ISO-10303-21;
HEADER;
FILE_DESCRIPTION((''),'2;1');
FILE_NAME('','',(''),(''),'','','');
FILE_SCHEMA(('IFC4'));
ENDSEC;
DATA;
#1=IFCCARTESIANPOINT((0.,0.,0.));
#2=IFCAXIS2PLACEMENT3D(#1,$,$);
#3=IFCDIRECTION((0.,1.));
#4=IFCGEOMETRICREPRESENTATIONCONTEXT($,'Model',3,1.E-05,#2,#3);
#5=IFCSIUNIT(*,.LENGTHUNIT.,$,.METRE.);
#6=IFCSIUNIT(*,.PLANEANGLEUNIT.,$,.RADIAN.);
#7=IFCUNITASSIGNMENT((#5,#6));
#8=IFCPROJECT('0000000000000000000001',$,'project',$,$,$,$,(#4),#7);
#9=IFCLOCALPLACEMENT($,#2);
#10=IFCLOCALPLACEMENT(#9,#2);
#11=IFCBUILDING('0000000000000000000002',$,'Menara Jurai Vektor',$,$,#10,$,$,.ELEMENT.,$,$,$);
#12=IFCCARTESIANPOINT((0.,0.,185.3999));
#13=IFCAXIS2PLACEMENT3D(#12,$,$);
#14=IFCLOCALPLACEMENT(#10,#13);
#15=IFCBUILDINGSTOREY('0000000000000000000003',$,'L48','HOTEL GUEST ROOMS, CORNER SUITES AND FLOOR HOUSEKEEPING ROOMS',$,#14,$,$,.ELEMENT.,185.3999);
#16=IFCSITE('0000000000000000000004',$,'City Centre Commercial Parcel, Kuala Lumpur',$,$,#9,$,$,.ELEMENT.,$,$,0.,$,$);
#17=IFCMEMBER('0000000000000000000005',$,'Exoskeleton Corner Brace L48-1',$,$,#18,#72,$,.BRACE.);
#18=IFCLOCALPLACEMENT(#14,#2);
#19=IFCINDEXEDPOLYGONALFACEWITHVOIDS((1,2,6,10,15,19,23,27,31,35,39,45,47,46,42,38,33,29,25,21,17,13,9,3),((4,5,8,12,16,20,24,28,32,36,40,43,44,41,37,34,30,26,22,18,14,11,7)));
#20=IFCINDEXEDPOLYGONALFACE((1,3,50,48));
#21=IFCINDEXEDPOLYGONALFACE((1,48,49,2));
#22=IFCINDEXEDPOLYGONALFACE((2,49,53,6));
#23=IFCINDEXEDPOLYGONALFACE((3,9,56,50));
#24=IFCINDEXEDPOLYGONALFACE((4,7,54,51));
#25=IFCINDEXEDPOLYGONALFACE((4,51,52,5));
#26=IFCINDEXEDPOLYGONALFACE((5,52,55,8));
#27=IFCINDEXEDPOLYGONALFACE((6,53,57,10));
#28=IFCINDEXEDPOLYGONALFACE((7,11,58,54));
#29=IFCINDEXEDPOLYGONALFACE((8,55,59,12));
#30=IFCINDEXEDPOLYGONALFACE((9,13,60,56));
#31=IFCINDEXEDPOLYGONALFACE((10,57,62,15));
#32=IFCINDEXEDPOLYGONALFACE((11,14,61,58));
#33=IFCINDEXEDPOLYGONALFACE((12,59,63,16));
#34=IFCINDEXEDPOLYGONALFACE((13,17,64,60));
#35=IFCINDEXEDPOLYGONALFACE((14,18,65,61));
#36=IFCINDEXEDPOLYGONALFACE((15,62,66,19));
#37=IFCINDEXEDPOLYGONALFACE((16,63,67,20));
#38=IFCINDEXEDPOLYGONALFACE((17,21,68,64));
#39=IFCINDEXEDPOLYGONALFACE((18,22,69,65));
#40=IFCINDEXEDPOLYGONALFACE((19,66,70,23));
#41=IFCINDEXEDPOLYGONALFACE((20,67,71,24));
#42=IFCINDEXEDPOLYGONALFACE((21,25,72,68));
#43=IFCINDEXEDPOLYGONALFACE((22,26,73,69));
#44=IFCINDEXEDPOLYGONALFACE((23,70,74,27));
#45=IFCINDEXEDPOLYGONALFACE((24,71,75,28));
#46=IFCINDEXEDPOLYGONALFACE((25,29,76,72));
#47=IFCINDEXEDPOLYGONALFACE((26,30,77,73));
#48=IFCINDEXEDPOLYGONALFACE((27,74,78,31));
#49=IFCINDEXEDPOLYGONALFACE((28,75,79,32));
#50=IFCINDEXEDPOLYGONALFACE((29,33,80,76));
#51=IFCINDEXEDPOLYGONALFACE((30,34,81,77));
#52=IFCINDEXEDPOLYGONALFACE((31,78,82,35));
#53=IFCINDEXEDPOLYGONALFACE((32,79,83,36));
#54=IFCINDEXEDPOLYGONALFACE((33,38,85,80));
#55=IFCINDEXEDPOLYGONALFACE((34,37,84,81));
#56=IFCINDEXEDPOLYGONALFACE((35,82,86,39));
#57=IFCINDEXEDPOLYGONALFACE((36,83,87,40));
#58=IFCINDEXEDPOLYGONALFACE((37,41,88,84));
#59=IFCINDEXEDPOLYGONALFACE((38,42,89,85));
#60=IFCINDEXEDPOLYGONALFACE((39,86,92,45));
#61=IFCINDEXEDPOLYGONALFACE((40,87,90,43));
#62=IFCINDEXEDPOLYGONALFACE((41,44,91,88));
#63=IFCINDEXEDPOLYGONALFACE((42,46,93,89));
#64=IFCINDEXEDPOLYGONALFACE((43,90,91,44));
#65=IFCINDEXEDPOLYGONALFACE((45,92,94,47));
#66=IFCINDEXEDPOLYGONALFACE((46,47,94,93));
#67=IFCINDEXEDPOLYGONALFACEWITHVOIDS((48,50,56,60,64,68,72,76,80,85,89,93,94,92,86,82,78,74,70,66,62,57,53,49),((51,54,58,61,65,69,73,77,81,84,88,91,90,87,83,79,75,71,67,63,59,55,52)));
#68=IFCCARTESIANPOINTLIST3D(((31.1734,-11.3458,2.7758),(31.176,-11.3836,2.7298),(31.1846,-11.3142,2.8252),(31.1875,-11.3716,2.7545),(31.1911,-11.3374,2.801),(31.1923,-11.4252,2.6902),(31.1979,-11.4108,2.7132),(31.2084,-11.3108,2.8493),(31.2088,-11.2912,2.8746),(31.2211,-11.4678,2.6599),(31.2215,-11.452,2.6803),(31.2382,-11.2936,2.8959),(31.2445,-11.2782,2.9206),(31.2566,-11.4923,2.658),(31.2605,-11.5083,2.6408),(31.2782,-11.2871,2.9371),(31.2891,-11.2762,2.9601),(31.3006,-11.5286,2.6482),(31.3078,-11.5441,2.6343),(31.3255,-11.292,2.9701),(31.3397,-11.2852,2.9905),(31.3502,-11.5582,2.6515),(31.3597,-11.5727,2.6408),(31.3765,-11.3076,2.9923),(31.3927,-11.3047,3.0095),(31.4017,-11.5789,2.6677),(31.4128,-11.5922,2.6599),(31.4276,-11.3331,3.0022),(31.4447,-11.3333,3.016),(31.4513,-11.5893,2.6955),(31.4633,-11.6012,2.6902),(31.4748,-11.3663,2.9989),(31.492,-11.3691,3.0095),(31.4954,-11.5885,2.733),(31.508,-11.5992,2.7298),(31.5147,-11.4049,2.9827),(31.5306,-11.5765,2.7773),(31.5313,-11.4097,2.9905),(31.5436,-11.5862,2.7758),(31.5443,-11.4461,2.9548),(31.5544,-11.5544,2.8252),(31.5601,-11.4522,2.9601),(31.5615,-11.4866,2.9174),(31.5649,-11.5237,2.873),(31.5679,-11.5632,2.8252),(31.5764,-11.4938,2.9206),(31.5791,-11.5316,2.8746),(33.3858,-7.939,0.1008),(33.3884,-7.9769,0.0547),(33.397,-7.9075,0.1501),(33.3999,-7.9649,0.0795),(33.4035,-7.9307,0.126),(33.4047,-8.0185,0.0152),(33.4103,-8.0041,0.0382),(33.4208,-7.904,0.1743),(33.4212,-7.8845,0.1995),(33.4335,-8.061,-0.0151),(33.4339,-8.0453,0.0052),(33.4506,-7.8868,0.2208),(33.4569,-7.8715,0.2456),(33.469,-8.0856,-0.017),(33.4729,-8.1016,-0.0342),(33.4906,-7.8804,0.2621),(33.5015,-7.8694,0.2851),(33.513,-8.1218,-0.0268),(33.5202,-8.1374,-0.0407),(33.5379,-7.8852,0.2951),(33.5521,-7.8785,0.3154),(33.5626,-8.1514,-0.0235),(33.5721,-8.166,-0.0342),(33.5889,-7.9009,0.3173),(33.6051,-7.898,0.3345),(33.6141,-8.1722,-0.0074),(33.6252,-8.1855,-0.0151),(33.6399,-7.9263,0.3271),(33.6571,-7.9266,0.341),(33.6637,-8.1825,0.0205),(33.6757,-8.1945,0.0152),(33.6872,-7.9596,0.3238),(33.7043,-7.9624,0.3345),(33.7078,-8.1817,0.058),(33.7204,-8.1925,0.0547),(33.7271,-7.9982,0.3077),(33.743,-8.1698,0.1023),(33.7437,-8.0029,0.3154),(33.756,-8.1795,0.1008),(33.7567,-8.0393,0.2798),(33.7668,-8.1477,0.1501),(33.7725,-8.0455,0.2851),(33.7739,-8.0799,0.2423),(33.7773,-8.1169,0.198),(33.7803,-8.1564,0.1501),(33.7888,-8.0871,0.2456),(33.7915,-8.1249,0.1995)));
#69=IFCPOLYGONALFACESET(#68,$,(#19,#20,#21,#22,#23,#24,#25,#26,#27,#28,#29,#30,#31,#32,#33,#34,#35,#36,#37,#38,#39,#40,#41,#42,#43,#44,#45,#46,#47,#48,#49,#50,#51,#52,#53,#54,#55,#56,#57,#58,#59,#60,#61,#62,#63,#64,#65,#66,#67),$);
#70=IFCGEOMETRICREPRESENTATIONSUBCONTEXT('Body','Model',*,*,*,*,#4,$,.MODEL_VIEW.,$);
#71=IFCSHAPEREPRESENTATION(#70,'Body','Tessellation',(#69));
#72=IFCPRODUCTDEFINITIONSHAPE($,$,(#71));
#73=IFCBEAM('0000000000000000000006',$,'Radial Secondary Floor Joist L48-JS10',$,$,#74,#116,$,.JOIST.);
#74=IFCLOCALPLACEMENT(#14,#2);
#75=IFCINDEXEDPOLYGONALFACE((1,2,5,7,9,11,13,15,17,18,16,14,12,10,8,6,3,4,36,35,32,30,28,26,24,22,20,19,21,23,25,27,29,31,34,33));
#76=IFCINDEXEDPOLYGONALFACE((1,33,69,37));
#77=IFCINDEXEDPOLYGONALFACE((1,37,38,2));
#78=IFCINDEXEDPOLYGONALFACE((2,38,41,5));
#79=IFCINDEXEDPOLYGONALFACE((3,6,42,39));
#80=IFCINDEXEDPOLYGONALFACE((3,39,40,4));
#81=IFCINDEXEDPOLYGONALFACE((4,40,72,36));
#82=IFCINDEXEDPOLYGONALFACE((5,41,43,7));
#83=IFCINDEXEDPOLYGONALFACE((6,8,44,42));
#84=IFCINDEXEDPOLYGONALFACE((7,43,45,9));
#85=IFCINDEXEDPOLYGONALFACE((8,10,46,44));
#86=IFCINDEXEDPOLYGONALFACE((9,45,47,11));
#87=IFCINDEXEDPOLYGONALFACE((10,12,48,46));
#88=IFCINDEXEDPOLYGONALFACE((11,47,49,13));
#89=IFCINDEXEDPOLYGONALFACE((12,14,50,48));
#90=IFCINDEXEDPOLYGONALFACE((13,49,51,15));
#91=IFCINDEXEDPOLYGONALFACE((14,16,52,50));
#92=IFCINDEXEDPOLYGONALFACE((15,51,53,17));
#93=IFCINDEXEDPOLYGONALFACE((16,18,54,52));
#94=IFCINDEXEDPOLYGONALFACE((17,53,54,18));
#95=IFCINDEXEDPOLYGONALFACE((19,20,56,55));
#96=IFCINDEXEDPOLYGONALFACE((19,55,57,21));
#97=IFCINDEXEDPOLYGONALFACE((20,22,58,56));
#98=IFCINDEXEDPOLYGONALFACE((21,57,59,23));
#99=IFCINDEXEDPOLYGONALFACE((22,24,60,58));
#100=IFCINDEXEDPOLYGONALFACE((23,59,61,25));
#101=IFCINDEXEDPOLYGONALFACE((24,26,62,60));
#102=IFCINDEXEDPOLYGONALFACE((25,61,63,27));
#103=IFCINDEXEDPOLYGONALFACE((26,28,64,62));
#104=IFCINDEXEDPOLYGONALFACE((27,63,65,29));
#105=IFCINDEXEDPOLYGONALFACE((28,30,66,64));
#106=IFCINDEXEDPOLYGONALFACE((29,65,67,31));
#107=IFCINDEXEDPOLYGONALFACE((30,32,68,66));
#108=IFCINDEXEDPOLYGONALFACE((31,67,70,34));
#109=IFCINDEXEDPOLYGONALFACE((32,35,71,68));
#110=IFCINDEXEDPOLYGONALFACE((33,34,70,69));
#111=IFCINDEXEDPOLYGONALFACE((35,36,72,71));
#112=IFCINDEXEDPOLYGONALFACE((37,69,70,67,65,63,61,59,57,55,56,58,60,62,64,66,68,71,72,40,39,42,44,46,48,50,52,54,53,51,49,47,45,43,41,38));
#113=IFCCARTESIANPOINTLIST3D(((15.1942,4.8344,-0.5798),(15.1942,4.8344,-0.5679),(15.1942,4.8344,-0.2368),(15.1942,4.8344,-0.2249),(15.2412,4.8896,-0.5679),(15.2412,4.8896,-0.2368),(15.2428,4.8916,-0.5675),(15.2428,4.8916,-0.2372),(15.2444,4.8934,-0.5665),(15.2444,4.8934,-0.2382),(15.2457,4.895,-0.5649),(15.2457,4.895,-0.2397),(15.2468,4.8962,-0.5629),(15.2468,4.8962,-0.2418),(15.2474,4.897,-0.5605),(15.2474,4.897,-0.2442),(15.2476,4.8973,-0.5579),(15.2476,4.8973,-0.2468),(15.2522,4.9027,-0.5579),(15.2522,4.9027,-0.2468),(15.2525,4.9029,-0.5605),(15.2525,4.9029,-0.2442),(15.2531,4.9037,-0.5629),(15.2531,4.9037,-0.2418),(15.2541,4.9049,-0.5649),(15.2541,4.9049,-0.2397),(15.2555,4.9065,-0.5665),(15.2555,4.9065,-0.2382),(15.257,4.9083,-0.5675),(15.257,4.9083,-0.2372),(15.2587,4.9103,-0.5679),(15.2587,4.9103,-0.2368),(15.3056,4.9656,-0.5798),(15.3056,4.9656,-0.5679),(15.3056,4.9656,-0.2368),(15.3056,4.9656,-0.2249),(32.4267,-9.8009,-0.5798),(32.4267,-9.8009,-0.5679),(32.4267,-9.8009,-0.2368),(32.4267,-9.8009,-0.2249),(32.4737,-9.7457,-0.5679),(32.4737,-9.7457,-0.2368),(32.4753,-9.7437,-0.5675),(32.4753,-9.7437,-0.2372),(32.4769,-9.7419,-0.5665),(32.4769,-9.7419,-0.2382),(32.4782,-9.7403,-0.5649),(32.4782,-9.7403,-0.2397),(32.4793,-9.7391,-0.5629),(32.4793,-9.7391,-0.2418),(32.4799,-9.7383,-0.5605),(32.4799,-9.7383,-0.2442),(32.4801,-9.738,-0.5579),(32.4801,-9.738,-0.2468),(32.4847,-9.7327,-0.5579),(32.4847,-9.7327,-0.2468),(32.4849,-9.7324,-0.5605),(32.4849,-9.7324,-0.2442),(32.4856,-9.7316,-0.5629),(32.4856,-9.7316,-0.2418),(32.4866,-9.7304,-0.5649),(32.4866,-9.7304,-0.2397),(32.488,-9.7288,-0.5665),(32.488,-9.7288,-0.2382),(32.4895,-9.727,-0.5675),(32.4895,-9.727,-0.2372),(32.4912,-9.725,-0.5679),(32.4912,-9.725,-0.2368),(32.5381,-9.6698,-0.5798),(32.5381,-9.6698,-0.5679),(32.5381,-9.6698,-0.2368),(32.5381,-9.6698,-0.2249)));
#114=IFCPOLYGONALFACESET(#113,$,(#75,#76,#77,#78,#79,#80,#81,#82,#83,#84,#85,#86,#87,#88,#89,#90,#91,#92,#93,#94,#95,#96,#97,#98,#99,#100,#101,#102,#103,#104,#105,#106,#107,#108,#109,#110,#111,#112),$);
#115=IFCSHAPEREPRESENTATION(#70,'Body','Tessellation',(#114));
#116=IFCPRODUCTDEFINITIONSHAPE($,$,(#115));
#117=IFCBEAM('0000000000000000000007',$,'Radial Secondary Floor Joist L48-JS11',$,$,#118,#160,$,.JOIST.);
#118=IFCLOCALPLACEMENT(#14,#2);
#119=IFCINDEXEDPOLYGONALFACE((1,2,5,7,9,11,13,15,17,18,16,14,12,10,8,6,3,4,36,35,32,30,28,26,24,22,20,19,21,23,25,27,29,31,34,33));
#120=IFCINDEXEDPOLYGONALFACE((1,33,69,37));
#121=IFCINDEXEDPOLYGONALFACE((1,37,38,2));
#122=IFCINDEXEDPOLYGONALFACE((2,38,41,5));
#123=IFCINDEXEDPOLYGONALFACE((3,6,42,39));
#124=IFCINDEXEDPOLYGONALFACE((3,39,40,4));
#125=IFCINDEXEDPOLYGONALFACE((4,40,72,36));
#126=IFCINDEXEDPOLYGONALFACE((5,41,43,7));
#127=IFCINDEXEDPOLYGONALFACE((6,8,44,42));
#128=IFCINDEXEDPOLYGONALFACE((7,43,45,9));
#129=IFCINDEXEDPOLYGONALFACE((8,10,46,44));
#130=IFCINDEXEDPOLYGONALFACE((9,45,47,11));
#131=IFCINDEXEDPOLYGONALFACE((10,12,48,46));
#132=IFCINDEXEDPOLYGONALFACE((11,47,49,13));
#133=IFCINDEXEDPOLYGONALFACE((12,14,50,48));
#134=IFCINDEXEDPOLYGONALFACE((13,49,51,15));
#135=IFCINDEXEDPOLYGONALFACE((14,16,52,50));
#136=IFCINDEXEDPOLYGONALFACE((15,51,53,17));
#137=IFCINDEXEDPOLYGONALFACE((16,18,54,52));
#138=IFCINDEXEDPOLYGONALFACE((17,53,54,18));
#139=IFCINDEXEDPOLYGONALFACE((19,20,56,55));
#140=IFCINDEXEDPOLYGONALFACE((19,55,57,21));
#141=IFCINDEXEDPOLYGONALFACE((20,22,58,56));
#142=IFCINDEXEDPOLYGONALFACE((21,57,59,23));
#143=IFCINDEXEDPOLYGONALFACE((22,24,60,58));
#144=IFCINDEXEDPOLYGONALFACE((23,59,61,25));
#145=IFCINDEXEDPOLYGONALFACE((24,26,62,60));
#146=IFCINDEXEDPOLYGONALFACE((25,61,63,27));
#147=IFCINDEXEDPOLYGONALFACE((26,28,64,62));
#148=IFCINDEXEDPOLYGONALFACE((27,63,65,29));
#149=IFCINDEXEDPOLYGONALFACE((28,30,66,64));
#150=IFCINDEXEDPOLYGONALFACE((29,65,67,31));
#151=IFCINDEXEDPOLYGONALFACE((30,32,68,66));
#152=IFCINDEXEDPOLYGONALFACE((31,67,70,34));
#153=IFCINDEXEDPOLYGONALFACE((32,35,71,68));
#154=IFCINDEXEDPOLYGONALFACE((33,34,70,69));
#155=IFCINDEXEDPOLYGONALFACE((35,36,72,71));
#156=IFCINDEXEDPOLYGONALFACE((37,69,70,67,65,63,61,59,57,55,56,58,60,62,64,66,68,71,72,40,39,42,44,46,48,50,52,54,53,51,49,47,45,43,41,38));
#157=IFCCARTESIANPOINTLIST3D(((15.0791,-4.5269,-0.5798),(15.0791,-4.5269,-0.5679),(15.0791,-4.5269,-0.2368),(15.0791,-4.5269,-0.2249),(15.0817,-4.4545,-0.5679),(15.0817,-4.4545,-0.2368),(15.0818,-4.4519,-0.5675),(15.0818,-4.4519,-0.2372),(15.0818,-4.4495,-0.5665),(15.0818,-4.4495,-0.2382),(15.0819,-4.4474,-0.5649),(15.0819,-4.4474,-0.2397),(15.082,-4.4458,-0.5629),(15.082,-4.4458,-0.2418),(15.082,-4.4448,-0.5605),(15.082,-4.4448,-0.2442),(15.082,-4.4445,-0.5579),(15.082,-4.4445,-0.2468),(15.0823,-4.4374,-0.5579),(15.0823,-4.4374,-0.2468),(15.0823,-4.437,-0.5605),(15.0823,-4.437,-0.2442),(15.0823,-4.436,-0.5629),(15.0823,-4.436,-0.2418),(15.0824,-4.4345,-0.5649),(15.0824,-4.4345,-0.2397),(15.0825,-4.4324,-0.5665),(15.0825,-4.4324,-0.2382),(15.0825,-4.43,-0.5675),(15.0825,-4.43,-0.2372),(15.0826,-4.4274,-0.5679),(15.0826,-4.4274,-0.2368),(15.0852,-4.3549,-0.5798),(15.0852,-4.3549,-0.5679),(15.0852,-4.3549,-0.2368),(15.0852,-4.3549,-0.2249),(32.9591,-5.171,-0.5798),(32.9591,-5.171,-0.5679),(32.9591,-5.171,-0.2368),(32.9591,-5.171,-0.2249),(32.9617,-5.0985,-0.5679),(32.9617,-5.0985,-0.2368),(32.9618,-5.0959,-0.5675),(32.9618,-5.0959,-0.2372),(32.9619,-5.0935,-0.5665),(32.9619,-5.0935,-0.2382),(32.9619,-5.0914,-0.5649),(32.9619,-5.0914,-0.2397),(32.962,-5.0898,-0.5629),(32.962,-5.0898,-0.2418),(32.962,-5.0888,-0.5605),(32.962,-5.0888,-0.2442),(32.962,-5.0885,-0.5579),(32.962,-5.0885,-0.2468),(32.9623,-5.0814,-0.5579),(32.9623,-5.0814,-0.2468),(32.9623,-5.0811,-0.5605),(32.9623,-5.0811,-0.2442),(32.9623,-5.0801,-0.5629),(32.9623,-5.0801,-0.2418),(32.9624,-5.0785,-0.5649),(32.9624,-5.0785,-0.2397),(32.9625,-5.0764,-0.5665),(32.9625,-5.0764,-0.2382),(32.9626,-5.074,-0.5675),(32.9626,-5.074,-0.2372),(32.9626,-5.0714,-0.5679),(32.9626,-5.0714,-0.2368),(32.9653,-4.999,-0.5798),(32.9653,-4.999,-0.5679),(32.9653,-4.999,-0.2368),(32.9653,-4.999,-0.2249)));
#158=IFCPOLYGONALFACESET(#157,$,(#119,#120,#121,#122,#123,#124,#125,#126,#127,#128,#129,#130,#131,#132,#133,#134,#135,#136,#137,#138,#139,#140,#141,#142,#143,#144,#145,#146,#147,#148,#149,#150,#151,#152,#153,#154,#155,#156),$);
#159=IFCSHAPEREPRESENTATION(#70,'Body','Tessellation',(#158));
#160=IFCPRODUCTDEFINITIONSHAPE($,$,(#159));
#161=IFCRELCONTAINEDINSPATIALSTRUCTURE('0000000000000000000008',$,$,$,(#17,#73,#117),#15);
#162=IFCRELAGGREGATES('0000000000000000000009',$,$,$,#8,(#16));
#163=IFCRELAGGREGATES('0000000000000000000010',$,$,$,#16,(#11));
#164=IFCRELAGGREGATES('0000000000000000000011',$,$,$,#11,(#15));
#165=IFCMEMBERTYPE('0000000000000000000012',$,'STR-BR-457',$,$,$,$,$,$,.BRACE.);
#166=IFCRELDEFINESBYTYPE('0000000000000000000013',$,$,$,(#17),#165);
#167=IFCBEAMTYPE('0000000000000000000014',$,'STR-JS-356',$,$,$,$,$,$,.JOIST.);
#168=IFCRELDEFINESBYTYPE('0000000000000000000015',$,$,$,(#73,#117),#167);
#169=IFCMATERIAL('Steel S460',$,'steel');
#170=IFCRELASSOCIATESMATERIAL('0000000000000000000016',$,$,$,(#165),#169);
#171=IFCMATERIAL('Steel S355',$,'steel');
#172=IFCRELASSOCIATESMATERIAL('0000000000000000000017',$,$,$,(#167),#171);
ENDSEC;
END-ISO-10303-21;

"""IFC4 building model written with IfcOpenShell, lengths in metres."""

from ifc_helpers import new_model, si_unit, direction, frame, origin, origin_2d, place, context, subcontext, project, spatial, hollow_circle, i_section, extrude, material, material_profile, profile_set, type_object, element, save


model = new_model("IFC4")

# Units and contexts
model_context = context("Model", 3, precision=1e-05, world=origin(), true_north=direction((0.0, 1.0)))
body_context = subcontext(model_context, "Body", "Model", "MODEL_VIEW")
ifc_project = project(units=[si_unit("LENGTHUNIT", "METRE"), si_unit("PLANEANGLEUNIT", "RADIAN")], contexts=[model_context])

# Site, building, storey
site_placement = place(None, origin())
site = spatial("IfcSite", under=ifc_project, at=site_placement, Name="City Centre Commercial Parcel, Kuala Lumpur", CompositionType="ELEMENT", RefElevation=0.0)
building_placement = place(site_placement, origin())
building = spatial("IfcBuilding", under=site, at=building_placement, Name="Menara Jurai Vektor", CompositionType="ELEMENT")
storey_placement = place(building_placement, frame((0.0, 0.0, 185.3999)))
storey = spatial("IfcBuildingStorey", under=building, at=storey_placement, Name="L48", Description="HOTEL GUEST ROOMS, CORNER SUITES AND FLOOR HOUSEKEEPING ROOMS", CompositionType="ELEMENT", Elevation=185.3999)

# Shared definitions
ifc_material_1 = material(Name="Steel S460", Category="steel")

# Shared definitions
ifc_material_2 = material(Name="Steel S355", Category="steel")

# Member
ifc_material_profile_1 = material_profile(ifc_material_1, hollow_circle(Radius=0.2285, WallThickness=0.0161, at=origin_2d()), Name="CHS 457x16")
ifc_profile_set_1 = profile_set([ifc_material_profile_1], Name="Steel S460")
member_type_1 = type_object("IfcMemberType", Name="STR-BR-457", PredefinedType="BRACE", material=ifc_profile_set_1)
member_1_placement = place(storey_placement, frame((33.5886, -8.032, 0.1501), z_axis=(-0.454872, -0.700428, 0.549992), x_axis=(0.838666, -0.544646, 0.0)))
element("IfcMember", 1, at=member_1_placement, inside=storey, type_object=member_type_1, Name="Exoskeleton Corner Brace L48-1", PredefinedType="BRACE", context=body_context, shape_type="SweptSolid", body=[
    extrude(hollow_circle(Radius=0.2285, WallThickness=0.0161, at=origin_2d()), origin(), (0.0, 0.0, 1.0), 4.8638),
])

# Beams
ifc_material_profile_2 = material_profile(ifc_material_2, i_section(OverallWidth=0.1721, OverallDepth=0.355, WebThickness=0.0071, FlangeThickness=0.012, FilletRadius=0.01, at=origin_2d()), Name="UKB 356x171x51")
ifc_profile_set_2 = profile_set([ifc_material_profile_2], Name="Steel S355")
beam_type_1 = type_object("IfcBeamType", Name="STR-JS-356", PredefinedType="JOIST", material=ifc_profile_set_2)
beam_1_placement = place(storey_placement, frame((32.4824, -9.7354, -0.4023), z_axis=(-0.762208, 0.647332, 0.0), x_axis=(-0.647332, -0.762208, 0.0)))
element("IfcBeam", 2, at=beam_1_placement, inside=storey, type_object=beam_type_1, Name="Radial Secondary Floor Joist L48-JS10", PredefinedType="JOIST", context=body_context, shape_type="SweptSolid", body=[
    extrude(i_section(OverallWidth=0.1721, OverallDepth=0.355, WebThickness=0.0071, FlangeThickness=0.012, FilletRadius=0.01, at=origin_2d()), origin(), (0.0, 0.0, 1.0), 22.6086),
])
beam_2_placement = place(storey_placement, frame((32.9622, -5.085, -0.4023), z_axis=(-0.999352, 0.035997, 0.0), x_axis=(-0.035997, -0.999352, 0.0)))
element("IfcBeam", 3, at=beam_2_placement, inside=storey, type_object=beam_type_1, Name="Radial Secondary Floor Joist L48-JS11", PredefinedType="JOIST", context=body_context, shape_type="SweptSolid", body=[
    extrude(i_section(OverallWidth=0.1721, OverallDepth=0.355, WebThickness=0.0071, FlangeThickness=0.012, FilletRadius=0.01, at=origin_2d()), origin(), (0.0, 0.0, 1.0), 17.8916),
])

save(model, "model.ifc")
